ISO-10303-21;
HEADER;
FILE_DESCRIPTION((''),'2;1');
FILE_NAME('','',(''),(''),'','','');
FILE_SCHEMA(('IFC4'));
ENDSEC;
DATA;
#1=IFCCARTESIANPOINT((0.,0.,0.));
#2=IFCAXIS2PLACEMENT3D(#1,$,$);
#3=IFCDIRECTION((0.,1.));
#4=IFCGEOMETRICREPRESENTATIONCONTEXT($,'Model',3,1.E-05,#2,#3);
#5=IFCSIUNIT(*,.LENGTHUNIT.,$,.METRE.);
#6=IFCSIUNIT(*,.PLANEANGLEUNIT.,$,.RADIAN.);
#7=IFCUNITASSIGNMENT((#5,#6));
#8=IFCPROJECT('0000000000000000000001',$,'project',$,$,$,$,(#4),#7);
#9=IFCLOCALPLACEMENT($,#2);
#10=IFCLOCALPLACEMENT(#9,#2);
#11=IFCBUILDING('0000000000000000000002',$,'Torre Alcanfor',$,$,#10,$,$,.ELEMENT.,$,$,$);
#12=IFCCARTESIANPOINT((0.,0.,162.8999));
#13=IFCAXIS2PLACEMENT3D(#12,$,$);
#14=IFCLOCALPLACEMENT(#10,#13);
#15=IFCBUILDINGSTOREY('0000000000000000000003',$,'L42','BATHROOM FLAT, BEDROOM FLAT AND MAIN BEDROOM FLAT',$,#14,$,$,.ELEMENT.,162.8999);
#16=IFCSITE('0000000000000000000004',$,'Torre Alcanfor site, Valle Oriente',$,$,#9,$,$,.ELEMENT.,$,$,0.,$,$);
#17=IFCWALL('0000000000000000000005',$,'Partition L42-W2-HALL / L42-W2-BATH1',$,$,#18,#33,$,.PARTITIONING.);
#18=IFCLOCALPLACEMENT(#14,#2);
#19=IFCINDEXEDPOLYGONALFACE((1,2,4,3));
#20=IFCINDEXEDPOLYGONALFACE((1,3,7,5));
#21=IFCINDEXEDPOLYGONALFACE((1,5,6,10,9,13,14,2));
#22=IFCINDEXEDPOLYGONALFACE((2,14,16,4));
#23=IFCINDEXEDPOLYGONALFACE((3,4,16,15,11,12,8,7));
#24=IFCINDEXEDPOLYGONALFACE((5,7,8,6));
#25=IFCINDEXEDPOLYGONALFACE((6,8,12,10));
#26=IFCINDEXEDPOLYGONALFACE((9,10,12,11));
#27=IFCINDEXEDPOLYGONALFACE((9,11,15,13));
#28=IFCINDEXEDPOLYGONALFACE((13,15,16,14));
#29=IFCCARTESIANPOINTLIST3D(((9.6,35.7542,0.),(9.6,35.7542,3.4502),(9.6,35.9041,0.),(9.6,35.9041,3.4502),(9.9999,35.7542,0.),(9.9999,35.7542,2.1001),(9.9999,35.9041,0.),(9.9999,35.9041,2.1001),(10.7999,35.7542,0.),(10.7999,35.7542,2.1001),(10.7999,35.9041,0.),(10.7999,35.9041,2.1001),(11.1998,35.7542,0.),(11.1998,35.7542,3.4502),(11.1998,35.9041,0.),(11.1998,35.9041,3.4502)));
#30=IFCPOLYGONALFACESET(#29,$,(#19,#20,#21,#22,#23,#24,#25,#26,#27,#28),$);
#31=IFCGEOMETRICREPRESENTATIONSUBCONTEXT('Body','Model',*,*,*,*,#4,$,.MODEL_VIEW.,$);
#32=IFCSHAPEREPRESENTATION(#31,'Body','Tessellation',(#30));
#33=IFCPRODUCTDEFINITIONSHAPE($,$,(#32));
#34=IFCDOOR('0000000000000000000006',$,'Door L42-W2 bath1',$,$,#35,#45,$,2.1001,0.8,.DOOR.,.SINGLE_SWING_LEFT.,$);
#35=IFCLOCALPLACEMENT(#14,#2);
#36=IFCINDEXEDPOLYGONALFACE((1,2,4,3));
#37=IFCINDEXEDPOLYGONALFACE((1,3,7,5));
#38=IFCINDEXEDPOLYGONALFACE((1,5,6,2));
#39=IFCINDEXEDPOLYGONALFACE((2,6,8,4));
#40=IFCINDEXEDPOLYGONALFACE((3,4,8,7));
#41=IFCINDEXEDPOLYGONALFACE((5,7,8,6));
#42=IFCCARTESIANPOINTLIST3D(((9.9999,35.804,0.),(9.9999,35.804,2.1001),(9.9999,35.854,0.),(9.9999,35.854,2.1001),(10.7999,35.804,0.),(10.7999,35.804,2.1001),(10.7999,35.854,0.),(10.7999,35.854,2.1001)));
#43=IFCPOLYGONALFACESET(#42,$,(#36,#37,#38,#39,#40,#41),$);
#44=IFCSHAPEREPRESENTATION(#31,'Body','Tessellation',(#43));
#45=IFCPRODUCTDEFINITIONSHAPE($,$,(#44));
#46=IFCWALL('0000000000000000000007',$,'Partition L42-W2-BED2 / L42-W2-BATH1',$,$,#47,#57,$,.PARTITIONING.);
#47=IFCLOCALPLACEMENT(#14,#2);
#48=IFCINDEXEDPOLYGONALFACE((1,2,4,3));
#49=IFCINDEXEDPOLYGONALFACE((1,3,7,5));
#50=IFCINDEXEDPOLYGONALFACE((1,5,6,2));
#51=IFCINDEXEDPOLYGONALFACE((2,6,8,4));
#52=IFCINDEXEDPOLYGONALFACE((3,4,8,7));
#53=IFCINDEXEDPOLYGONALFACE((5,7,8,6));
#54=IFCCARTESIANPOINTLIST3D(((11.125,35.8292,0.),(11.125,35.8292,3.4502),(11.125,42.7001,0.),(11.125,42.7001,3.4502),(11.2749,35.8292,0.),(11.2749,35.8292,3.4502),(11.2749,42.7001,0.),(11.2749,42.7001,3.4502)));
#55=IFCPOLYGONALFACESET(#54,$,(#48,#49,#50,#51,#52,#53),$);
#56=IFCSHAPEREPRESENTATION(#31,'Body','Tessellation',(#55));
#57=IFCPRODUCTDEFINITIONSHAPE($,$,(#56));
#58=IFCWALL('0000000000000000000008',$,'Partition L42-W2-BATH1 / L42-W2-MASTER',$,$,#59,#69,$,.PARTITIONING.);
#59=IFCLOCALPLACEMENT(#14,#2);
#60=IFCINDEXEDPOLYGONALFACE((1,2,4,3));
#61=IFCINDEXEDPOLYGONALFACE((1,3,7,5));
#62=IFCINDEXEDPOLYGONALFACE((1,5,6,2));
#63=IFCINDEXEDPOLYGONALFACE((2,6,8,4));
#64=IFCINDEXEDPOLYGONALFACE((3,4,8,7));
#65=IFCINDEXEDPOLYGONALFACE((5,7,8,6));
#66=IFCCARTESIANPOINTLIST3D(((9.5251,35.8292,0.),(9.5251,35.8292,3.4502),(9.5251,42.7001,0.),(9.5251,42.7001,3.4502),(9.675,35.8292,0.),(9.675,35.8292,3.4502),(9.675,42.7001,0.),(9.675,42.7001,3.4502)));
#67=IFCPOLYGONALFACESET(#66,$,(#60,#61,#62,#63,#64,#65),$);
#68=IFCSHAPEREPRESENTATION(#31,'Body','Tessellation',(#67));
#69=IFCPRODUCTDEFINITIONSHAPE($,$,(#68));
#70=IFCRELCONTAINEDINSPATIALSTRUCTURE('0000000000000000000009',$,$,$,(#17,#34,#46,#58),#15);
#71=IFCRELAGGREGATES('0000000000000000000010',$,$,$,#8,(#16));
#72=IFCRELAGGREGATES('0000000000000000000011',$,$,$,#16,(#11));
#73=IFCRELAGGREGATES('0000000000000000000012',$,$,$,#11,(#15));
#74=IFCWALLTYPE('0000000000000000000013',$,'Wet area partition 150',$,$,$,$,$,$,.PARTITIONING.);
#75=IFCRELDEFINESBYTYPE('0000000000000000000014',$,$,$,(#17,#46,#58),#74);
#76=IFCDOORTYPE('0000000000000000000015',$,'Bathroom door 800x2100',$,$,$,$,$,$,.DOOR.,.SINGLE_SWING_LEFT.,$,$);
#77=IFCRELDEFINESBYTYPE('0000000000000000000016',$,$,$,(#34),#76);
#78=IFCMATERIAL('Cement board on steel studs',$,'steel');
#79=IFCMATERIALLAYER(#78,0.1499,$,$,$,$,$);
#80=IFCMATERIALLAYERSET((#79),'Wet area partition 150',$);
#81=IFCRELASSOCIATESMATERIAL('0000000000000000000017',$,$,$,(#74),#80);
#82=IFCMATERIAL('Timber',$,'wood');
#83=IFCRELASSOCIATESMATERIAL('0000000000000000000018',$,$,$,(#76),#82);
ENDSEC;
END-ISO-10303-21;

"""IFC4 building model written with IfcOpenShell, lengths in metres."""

from ifc_helpers import new_model, si_unit, direction, frame, frame_2d, origin, place, context, subcontext, project, spatial, rectangle, extrude, material, layer, layer_set, type_object, element, fill, save


model = new_model("IFC4")

# Units and contexts
model_context = context("Model", 3, precision=1e-05, world=origin(), true_north=direction((0.0, 1.0)))
body_context = subcontext(model_context, "Body", "Model", "MODEL_VIEW")
ifc_project = project(units=[si_unit("LENGTHUNIT", "METRE"), si_unit("PLANEANGLEUNIT", "RADIAN")], contexts=[model_context])

# Site, building, storey
site_placement = place(None, origin())
site = spatial("IfcSite", under=ifc_project, at=site_placement, Name="Torre Alcanfor site, Valle Oriente", CompositionType="ELEMENT", RefElevation=0.0)
building_placement = place(site_placement, origin())
building = spatial("IfcBuilding", under=site, at=building_placement, Name="Torre Alcanfor", CompositionType="ELEMENT")
storey_placement = place(building_placement, frame((0.0, 0.0, 162.8999)))
storey = spatial("IfcBuildingStorey", under=building, at=storey_placement, Name="L42", Description="BATHROOM FLAT, BEDROOM FLAT AND MAIN BEDROOM FLAT", CompositionType="ELEMENT", Elevation=162.8999)

# Wall, opening, door
ifc_material_1 = material(Name="Cement board on steel studs", Category="steel")
ifc_layer_1 = layer(ifc_material_1, 0.1499)
ifc_layer_set_1 = layer_set([ifc_layer_1], Name="Wet area partition 150")
wall_type_1 = type_object("IfcWallType", Name="Wet area partition 150", PredefinedType="PARTITIONING", material=ifc_layer_set_1)
wall_1_placement = place(storey_placement, frame((9.6001, 35.8291, 0.0), z_axis=(0.0, 0.0, 1.0), x_axis=(1.0, 0.0, 0.0)))
wall_1 = element("IfcWall", 1, at=wall_1_placement, inside=storey, type_object=wall_type_1, Name="Partition L42-W2-HALL / L42-W2-BATH1", PredefinedType="PARTITIONING", context=body_context, shape_type="SweptSolid", body=[
    extrude(rectangle(XDim=1.5999, YDim=0.1499, at=frame_2d((0.7998, 0.0))), origin(), (0.0, 0.0, 1.0), 3.4502),
])
opening_1_placement = place(wall_1_placement, frame((0.3999, 0.0, 0.0)))
opening_1 = element("IfcOpeningElement", 2, at=opening_1_placement, cuts=wall_1, PredefinedType="OPENING", context=body_context, shape_type="SweptSolid", body=[
    extrude(rectangle(XDim=0.8, YDim=2.1001, at=frame_2d((0.3999, 1.05))), frame((0.0, 0.085, 0.0), z_axis=(0.0, -1.0, 0.0), x_axis=(1.0, 0.0, 0.0)), (0.0, 0.0, 1.0), 0.1699),
])
ifc_material_2 = material(Name="Timber", Category="wood")
door_type_1 = type_object("IfcDoorType", Name="Bathroom door 800x2100", OperationType="SINGLE_SWING_LEFT", PredefinedType="DOOR", material=ifc_material_2)
door_1_placement = place(opening_1_placement, origin())
door_1 = element("IfcDoor", 3, at=door_1_placement, inside=storey, type_object=door_type_1, Name="Door L42-W2 bath1", OperationType="SINGLE_SWING_LEFT", OverallHeight=2.1001, OverallWidth=0.8, PredefinedType="DOOR", context=body_context, shape_type="SweptSolid", body=[
    extrude(rectangle(XDim=0.8, YDim=2.1001, at=frame_2d((0.3999, 1.05))), frame((0.0, 0.0249, 0.0), z_axis=(0.0, -1.0, 0.0), x_axis=(1.0, 0.0, 0.0)), (0.0, 0.0, 1.0), 0.05),
])
fill(opening_1, door_1)

# Walls
for number, where, z_axis, x_axis, name in (
    (4, (11.2, 35.8291, 0.0), (0.0, 0.0, 1.0), (0.0, 1.0, 0.0), "Partition L42-W2-BED2 / L42-W2-BATH1"),
    (5, (9.6001, 35.8291, 0.0), (0.0, 0.0, 1.0), (0.0, 1.0, 0.0), "Partition L42-W2-BATH1 / L42-W2-MASTER"),
):
    element("IfcWall", number, at=place(storey_placement, frame(where, z_axis=z_axis, x_axis=x_axis)), inside=storey, type_object=wall_type_1, Name=name, PredefinedType="PARTITIONING", context=body_context, shape_type="SweptSolid", body=[
        extrude(rectangle(XDim=6.8708, YDim=0.1499, at=frame_2d((3.4355, 0.0))), origin(), (0.0, 0.0, 1.0), 3.4502),
    ])

save(model, "model.ifc")
